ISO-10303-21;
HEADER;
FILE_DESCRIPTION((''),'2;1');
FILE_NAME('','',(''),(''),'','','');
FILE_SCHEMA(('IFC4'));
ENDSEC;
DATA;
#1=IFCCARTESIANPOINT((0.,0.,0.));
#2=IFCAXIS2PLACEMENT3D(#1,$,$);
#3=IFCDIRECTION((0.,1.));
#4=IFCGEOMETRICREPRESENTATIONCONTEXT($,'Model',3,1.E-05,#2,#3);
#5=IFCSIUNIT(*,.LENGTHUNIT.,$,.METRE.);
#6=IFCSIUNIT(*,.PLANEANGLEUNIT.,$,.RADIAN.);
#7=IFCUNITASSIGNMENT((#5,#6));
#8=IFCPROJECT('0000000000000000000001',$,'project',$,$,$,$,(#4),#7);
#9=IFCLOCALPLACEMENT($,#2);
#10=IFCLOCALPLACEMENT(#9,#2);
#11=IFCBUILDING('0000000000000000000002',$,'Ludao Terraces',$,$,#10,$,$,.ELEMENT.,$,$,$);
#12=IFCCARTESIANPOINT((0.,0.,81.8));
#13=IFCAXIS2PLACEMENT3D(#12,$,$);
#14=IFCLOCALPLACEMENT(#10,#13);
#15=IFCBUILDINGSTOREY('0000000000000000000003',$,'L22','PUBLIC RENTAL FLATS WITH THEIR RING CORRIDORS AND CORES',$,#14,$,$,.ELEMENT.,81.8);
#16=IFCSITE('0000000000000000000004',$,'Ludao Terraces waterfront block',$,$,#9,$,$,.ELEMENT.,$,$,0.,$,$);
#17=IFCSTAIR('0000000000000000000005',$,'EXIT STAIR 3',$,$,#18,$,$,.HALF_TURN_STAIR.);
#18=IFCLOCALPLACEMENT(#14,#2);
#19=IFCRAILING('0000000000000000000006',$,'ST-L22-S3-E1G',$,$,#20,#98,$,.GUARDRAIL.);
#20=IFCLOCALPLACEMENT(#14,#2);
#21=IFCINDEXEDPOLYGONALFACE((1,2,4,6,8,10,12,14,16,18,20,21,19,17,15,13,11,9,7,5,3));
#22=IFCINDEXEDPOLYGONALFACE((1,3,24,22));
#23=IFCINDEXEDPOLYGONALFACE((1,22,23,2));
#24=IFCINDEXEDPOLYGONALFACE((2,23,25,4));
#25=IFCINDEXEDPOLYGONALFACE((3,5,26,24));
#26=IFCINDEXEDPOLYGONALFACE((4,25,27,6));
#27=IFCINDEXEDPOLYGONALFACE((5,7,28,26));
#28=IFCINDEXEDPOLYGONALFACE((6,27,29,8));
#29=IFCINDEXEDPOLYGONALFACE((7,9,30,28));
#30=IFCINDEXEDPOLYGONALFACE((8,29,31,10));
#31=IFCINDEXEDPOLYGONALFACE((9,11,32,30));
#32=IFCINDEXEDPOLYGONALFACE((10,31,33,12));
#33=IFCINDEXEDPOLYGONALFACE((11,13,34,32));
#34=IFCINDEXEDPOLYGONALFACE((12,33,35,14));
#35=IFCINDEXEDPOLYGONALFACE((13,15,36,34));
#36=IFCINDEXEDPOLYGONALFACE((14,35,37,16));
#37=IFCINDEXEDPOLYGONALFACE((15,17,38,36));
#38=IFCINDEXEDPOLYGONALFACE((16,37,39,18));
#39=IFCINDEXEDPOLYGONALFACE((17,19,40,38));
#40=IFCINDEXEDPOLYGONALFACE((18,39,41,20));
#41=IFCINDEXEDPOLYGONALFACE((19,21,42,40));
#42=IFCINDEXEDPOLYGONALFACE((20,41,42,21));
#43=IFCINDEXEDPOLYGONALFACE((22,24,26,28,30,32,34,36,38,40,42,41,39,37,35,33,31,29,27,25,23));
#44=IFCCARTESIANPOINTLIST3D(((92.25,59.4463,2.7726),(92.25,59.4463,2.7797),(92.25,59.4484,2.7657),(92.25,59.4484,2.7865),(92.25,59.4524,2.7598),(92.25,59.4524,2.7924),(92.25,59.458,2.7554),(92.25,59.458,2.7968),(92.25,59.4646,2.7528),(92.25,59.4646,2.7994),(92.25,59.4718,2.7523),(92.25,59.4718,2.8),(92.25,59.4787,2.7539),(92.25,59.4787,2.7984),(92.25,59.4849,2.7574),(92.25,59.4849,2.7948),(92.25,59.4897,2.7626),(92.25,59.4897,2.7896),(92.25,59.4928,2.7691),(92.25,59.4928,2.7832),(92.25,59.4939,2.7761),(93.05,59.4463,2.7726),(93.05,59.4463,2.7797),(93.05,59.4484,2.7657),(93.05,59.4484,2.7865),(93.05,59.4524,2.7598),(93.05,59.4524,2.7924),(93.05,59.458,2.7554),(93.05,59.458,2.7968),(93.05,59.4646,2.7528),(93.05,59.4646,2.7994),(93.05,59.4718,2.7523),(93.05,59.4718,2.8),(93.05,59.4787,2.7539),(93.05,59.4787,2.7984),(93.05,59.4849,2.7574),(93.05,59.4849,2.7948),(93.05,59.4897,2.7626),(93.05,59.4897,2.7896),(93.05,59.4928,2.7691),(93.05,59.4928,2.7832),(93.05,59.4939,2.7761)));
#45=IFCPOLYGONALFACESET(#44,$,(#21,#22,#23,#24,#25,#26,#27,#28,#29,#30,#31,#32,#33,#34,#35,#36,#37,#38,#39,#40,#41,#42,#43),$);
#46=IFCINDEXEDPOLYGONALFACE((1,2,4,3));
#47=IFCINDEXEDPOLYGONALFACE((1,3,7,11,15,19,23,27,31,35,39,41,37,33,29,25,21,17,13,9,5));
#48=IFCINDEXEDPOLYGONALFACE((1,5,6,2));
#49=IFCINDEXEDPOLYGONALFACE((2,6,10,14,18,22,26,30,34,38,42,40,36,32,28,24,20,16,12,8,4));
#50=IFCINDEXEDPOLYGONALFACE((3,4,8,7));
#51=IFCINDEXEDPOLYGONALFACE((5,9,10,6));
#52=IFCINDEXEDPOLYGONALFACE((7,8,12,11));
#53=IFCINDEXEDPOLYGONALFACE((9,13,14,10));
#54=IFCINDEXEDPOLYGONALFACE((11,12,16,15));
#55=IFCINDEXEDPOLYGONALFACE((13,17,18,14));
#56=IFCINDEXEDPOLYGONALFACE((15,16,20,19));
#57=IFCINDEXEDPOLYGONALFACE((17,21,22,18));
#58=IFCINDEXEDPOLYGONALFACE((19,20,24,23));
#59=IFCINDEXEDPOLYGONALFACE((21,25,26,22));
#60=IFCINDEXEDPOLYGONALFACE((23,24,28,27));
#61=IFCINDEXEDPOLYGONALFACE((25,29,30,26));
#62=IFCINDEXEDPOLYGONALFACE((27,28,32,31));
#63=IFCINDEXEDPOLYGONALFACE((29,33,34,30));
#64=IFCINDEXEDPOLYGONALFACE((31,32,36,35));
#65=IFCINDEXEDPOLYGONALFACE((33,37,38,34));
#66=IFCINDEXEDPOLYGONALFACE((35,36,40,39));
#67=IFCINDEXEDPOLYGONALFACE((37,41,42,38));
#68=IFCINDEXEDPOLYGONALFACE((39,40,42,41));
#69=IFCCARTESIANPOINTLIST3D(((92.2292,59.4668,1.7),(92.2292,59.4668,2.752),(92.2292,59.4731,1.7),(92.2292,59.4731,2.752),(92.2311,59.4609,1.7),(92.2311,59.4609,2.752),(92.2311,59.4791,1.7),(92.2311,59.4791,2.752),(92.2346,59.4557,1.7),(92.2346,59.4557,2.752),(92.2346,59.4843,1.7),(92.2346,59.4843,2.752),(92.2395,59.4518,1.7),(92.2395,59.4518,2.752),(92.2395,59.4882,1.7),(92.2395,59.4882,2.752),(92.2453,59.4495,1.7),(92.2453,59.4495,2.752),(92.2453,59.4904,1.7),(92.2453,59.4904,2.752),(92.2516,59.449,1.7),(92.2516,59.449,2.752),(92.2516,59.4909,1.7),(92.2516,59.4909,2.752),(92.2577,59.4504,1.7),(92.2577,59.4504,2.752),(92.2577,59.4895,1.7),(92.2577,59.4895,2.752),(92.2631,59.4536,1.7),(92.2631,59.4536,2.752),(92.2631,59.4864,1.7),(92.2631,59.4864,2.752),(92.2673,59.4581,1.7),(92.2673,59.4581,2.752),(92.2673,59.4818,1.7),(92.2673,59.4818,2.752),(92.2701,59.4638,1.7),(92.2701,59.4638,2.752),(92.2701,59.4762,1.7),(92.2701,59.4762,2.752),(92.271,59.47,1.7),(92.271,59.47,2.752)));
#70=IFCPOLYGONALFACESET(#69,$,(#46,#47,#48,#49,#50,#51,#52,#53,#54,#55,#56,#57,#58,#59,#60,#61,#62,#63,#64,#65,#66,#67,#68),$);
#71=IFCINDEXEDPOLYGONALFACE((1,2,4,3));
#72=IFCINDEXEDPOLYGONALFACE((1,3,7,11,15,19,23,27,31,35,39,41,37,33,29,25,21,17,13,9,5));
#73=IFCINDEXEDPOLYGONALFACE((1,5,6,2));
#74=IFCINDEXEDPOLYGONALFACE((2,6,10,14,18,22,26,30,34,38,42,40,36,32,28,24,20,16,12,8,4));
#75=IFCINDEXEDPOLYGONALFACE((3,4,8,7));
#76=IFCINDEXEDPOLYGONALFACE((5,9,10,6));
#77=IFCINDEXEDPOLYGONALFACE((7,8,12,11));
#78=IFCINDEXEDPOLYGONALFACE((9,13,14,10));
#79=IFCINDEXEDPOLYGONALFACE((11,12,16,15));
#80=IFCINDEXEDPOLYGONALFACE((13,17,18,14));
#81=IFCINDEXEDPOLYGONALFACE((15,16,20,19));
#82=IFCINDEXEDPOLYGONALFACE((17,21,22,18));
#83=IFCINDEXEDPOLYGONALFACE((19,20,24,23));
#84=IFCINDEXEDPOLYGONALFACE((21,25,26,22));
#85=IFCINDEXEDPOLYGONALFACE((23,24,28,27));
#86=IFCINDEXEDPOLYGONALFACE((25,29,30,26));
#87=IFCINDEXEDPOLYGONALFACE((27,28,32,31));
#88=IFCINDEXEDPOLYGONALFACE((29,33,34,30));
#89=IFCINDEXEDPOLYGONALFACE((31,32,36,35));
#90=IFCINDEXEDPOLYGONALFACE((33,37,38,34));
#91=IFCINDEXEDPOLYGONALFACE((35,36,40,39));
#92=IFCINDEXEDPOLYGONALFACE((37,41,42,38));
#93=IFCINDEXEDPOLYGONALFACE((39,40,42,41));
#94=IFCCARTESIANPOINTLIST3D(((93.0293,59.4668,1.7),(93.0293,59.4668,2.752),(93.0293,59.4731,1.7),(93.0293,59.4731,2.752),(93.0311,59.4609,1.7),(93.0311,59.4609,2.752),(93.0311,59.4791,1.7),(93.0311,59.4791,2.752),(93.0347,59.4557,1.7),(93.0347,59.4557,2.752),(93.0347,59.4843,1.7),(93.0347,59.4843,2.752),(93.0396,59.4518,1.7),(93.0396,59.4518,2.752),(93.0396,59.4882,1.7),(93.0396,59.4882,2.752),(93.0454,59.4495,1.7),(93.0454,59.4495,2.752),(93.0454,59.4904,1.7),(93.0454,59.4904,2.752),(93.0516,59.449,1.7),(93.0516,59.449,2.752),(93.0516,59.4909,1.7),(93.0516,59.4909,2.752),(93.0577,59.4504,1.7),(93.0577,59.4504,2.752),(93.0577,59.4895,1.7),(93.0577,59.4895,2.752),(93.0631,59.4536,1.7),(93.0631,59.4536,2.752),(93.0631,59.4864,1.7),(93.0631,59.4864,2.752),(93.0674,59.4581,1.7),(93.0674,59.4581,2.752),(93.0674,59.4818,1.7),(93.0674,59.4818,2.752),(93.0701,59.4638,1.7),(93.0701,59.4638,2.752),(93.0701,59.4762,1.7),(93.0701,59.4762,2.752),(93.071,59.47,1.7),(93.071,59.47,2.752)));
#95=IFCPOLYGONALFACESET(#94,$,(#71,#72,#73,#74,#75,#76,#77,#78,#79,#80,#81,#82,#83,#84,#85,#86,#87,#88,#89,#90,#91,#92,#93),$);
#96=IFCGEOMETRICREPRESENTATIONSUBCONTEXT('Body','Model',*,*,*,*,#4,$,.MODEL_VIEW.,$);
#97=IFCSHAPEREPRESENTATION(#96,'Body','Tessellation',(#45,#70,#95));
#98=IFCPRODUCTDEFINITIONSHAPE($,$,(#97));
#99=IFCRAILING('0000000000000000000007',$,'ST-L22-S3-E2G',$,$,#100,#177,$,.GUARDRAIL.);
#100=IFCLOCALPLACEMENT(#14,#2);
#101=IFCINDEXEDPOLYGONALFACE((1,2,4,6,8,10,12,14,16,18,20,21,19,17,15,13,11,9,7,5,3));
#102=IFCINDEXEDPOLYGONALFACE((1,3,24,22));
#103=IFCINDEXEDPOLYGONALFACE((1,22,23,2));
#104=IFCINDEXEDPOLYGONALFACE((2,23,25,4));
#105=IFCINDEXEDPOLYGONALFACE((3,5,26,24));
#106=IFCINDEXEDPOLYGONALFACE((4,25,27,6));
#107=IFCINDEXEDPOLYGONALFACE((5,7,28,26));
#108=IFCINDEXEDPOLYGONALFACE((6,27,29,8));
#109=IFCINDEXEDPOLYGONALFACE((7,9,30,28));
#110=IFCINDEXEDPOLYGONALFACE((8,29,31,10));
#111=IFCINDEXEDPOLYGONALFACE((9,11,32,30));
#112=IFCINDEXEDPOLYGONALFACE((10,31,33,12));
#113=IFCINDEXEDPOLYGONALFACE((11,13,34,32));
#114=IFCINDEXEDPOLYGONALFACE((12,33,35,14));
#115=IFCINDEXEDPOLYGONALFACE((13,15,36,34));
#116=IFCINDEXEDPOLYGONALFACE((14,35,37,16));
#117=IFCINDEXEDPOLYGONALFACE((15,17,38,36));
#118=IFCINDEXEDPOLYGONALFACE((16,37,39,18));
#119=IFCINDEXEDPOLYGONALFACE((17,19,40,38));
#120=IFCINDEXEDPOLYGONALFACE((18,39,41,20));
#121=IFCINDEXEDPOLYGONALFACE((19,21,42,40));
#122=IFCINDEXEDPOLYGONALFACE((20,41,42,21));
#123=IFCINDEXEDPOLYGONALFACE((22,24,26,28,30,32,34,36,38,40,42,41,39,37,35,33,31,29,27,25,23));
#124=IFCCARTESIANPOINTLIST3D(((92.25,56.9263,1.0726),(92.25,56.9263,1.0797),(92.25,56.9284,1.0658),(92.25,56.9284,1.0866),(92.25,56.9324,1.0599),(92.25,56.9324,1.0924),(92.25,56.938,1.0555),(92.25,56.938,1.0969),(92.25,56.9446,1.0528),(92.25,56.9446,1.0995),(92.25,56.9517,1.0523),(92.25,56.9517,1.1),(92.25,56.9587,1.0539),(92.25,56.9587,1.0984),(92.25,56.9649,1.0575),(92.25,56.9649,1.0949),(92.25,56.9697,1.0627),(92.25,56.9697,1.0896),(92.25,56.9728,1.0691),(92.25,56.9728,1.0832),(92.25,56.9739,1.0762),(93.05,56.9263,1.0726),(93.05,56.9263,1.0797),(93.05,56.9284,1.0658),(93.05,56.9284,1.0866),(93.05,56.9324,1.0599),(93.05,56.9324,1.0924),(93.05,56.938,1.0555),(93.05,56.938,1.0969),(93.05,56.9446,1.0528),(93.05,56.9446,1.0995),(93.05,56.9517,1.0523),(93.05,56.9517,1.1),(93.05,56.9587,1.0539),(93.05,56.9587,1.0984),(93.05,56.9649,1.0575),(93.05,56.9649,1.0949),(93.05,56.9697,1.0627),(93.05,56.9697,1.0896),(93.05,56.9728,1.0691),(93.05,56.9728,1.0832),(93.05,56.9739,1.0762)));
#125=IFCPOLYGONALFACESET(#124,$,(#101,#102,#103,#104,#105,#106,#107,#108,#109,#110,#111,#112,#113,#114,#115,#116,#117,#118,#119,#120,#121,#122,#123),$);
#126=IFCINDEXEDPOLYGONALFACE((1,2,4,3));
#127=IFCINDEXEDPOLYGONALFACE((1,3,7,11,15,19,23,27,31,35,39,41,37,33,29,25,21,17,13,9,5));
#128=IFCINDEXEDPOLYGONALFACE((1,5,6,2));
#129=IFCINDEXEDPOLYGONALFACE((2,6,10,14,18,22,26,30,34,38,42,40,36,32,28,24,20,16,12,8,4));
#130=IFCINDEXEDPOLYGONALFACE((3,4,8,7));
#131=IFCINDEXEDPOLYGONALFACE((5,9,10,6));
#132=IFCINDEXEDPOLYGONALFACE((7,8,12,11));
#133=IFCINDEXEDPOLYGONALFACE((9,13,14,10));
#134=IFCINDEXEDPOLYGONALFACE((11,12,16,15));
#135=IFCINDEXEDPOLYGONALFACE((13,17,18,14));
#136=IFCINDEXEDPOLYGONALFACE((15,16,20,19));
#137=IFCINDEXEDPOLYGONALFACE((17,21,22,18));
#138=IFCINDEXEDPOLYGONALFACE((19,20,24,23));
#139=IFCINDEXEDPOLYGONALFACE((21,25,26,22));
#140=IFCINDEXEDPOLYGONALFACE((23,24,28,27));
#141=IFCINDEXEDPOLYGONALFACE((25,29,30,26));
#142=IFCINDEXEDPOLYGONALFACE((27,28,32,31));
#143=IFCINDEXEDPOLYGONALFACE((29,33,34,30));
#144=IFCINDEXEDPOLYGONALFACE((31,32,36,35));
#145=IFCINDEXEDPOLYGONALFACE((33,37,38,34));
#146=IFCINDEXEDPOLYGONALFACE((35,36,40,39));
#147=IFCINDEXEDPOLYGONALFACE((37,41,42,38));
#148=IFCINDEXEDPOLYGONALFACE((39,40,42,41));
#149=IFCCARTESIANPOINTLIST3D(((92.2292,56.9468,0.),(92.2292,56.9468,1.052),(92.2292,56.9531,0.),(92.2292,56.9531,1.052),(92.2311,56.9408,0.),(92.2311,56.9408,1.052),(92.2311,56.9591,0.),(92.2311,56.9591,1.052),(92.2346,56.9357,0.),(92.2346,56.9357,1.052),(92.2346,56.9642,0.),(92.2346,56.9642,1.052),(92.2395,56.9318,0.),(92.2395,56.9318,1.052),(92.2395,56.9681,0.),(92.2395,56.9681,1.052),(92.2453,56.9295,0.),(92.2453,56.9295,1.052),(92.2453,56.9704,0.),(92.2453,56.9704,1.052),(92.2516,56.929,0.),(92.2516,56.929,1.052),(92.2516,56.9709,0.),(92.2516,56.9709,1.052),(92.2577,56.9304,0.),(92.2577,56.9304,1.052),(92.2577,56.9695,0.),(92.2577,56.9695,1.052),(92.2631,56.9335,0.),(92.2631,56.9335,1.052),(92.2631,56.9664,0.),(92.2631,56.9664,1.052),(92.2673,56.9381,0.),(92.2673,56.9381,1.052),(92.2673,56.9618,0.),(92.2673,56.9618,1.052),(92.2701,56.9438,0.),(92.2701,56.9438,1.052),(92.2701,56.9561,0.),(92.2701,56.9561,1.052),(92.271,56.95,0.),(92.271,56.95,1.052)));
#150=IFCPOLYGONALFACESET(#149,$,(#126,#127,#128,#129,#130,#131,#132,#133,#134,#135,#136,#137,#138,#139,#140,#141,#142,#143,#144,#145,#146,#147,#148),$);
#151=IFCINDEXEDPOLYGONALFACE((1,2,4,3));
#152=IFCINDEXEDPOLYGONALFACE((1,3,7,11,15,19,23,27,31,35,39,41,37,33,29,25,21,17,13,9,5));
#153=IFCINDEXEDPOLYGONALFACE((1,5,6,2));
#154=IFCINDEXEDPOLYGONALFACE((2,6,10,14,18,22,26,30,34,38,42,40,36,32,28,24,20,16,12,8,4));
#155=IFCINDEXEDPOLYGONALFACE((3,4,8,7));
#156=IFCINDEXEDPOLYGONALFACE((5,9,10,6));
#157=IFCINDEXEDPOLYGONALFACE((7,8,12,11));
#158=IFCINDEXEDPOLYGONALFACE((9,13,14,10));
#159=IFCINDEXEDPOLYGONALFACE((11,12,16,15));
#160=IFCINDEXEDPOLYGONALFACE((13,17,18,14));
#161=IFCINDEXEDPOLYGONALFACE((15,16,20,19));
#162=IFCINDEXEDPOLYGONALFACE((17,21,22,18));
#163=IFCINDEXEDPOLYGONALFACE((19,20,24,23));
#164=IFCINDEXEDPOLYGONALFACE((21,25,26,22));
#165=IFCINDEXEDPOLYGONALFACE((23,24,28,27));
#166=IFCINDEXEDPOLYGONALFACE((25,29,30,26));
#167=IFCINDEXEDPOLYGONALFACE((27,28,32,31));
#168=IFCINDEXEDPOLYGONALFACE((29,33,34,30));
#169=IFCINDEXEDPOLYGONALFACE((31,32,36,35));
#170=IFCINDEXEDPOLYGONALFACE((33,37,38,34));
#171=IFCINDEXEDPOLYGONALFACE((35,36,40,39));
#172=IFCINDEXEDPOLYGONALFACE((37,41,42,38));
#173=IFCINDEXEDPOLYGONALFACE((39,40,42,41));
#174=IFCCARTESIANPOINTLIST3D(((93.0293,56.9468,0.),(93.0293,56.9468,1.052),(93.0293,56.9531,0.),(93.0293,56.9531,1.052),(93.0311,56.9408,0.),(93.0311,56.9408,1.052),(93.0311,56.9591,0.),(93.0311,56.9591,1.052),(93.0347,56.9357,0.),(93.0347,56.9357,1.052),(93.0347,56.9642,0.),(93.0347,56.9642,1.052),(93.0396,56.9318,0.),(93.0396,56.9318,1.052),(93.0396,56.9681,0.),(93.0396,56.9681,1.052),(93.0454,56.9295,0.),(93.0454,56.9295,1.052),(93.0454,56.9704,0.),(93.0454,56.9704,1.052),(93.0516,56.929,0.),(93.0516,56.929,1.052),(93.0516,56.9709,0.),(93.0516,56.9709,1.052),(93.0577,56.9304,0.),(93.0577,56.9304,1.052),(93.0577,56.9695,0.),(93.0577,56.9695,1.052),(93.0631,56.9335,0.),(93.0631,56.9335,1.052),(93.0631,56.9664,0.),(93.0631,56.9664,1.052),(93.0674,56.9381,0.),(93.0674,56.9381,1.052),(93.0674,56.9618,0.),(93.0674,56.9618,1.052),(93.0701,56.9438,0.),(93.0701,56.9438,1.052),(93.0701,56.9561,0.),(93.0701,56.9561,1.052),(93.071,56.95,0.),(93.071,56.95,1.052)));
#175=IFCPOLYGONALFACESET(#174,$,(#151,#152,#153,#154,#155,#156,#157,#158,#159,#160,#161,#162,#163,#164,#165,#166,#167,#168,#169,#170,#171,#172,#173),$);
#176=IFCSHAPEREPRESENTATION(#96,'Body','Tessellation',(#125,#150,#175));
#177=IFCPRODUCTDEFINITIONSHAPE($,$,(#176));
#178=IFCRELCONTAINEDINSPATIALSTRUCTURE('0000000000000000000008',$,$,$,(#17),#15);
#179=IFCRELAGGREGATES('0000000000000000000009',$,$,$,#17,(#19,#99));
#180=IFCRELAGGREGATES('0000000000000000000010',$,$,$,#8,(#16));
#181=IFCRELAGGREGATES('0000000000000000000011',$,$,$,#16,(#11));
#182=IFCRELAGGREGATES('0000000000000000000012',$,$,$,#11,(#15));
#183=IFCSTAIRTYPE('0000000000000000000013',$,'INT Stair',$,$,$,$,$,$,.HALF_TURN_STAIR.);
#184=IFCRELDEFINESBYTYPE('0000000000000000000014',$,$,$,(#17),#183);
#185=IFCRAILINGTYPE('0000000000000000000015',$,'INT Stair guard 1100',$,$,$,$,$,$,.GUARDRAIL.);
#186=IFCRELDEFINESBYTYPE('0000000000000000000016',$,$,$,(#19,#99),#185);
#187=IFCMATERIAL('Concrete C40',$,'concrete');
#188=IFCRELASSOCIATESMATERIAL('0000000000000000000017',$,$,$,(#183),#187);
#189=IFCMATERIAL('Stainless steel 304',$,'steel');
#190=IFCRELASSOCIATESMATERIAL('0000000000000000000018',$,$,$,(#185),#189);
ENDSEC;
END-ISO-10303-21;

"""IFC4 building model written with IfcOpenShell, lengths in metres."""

from ifc_helpers import new_model, si_unit, direction, frame, origin, origin_2d, place, context, subcontext, project, spatial, circle, extrude, material, type_object, element, aggregate, save


model = new_model("IFC4")

# Units and contexts
model_context = context("Model", 3, precision=1e-05, world=origin(), true_north=direction((0.0, 1.0)))
body_context = subcontext(model_context, "Body", "Model", "MODEL_VIEW")
ifc_project = project(units=[si_unit("LENGTHUNIT", "METRE"), si_unit("PLANEANGLEUNIT", "RADIAN")], contexts=[model_context])

# Site, building, storey
site_placement = place(None, origin())
site = spatial("IfcSite", under=ifc_project, at=site_placement, Name="Ludao Terraces waterfront block", CompositionType="ELEMENT", RefElevation=0.0)
building_placement = place(site_placement, origin())
building = spatial("IfcBuilding", under=site, at=building_placement, Name="Ludao Terraces", CompositionType="ELEMENT")
storey_placement = place(building_placement, frame((0.0, 0.0, 81.8)))
storey = spatial("IfcBuildingStorey", under=building, at=storey_placement, Name="L22", Description="PUBLIC RENTAL FLATS WITH THEIR RING CORRIDORS AND CORES", CompositionType="ELEMENT", Elevation=81.8)

# Stair, railings
ifc_material_1 = material(Name="Concrete C40", Category="concrete")
stair_type = type_object("IfcStairType", Name="INT Stair", PredefinedType="HALF_TURN_STAIR", material=ifc_material_1)
stair_placement = place(storey_placement, origin())
stair = element("IfcStair", 1, at=stair_placement, inside=storey, type_object=stair_type, Name="EXIT STAIR 3", PredefinedType="HALF_TURN_STAIR")
ifc_material_2 = material(Name="Stainless steel 304", Category="steel")
railing_type_1 = type_object("IfcRailingType", Name="INT Stair guard 1100", PredefinedType="GUARDRAIL", material=ifc_material_2)
railing_1_placement = place(storey_placement, frame((92.25, 59.47, 1.7)))
railing_1 = element("IfcRailing", 2, at=railing_1_placement, type_object=railing_type_1, Name="ST-L22-S3-E1G", PredefinedType="GUARDRAIL", context=body_context, shape_type="SweptSolid", body=[
    extrude(circle(Radius=0.0239, at=origin_2d()), frame((0.0, 0.0, 1.0762), z_axis=(1.0, 0.0, 0.0), x_axis=(0.0, 1.0, 0.0)), (0.0, 0.0, 1.0), 0.8),
    extrude(circle(Radius=0.021, at=origin_2d()), origin(), (0.0, 0.0, 1.0), 1.052),
    extrude(circle(Radius=0.021, at=origin_2d()), frame((0.8, 0.0, 0.0)), (0.0, 0.0, 1.0), 1.052),
])
railing_2_placement = place(storey_placement, frame((92.25, 56.95, 0.0)))
railing_2 = element("IfcRailing", 3, at=railing_2_placement, type_object=railing_type_1, Name="ST-L22-S3-E2G", PredefinedType="GUARDRAIL", context=body_context, shape_type="SweptSolid", body=[
    extrude(circle(Radius=0.0239, at=origin_2d()), frame((0.0, 0.0, 1.0762), z_axis=(1.0, 0.0, 0.0), x_axis=(0.0, 1.0, 0.0)), (0.0, 0.0, 1.0), 0.8),
    extrude(circle(Radius=0.021, at=origin_2d()), origin(), (0.0, 0.0, 1.0), 1.052),
    extrude(circle(Radius=0.021, at=origin_2d()), frame((0.8, 0.0, 0.0)), (0.0, 0.0, 1.0), 1.052),
])
aggregate(stair, [railing_1, railing_2])

save(model, "model.ifc")
